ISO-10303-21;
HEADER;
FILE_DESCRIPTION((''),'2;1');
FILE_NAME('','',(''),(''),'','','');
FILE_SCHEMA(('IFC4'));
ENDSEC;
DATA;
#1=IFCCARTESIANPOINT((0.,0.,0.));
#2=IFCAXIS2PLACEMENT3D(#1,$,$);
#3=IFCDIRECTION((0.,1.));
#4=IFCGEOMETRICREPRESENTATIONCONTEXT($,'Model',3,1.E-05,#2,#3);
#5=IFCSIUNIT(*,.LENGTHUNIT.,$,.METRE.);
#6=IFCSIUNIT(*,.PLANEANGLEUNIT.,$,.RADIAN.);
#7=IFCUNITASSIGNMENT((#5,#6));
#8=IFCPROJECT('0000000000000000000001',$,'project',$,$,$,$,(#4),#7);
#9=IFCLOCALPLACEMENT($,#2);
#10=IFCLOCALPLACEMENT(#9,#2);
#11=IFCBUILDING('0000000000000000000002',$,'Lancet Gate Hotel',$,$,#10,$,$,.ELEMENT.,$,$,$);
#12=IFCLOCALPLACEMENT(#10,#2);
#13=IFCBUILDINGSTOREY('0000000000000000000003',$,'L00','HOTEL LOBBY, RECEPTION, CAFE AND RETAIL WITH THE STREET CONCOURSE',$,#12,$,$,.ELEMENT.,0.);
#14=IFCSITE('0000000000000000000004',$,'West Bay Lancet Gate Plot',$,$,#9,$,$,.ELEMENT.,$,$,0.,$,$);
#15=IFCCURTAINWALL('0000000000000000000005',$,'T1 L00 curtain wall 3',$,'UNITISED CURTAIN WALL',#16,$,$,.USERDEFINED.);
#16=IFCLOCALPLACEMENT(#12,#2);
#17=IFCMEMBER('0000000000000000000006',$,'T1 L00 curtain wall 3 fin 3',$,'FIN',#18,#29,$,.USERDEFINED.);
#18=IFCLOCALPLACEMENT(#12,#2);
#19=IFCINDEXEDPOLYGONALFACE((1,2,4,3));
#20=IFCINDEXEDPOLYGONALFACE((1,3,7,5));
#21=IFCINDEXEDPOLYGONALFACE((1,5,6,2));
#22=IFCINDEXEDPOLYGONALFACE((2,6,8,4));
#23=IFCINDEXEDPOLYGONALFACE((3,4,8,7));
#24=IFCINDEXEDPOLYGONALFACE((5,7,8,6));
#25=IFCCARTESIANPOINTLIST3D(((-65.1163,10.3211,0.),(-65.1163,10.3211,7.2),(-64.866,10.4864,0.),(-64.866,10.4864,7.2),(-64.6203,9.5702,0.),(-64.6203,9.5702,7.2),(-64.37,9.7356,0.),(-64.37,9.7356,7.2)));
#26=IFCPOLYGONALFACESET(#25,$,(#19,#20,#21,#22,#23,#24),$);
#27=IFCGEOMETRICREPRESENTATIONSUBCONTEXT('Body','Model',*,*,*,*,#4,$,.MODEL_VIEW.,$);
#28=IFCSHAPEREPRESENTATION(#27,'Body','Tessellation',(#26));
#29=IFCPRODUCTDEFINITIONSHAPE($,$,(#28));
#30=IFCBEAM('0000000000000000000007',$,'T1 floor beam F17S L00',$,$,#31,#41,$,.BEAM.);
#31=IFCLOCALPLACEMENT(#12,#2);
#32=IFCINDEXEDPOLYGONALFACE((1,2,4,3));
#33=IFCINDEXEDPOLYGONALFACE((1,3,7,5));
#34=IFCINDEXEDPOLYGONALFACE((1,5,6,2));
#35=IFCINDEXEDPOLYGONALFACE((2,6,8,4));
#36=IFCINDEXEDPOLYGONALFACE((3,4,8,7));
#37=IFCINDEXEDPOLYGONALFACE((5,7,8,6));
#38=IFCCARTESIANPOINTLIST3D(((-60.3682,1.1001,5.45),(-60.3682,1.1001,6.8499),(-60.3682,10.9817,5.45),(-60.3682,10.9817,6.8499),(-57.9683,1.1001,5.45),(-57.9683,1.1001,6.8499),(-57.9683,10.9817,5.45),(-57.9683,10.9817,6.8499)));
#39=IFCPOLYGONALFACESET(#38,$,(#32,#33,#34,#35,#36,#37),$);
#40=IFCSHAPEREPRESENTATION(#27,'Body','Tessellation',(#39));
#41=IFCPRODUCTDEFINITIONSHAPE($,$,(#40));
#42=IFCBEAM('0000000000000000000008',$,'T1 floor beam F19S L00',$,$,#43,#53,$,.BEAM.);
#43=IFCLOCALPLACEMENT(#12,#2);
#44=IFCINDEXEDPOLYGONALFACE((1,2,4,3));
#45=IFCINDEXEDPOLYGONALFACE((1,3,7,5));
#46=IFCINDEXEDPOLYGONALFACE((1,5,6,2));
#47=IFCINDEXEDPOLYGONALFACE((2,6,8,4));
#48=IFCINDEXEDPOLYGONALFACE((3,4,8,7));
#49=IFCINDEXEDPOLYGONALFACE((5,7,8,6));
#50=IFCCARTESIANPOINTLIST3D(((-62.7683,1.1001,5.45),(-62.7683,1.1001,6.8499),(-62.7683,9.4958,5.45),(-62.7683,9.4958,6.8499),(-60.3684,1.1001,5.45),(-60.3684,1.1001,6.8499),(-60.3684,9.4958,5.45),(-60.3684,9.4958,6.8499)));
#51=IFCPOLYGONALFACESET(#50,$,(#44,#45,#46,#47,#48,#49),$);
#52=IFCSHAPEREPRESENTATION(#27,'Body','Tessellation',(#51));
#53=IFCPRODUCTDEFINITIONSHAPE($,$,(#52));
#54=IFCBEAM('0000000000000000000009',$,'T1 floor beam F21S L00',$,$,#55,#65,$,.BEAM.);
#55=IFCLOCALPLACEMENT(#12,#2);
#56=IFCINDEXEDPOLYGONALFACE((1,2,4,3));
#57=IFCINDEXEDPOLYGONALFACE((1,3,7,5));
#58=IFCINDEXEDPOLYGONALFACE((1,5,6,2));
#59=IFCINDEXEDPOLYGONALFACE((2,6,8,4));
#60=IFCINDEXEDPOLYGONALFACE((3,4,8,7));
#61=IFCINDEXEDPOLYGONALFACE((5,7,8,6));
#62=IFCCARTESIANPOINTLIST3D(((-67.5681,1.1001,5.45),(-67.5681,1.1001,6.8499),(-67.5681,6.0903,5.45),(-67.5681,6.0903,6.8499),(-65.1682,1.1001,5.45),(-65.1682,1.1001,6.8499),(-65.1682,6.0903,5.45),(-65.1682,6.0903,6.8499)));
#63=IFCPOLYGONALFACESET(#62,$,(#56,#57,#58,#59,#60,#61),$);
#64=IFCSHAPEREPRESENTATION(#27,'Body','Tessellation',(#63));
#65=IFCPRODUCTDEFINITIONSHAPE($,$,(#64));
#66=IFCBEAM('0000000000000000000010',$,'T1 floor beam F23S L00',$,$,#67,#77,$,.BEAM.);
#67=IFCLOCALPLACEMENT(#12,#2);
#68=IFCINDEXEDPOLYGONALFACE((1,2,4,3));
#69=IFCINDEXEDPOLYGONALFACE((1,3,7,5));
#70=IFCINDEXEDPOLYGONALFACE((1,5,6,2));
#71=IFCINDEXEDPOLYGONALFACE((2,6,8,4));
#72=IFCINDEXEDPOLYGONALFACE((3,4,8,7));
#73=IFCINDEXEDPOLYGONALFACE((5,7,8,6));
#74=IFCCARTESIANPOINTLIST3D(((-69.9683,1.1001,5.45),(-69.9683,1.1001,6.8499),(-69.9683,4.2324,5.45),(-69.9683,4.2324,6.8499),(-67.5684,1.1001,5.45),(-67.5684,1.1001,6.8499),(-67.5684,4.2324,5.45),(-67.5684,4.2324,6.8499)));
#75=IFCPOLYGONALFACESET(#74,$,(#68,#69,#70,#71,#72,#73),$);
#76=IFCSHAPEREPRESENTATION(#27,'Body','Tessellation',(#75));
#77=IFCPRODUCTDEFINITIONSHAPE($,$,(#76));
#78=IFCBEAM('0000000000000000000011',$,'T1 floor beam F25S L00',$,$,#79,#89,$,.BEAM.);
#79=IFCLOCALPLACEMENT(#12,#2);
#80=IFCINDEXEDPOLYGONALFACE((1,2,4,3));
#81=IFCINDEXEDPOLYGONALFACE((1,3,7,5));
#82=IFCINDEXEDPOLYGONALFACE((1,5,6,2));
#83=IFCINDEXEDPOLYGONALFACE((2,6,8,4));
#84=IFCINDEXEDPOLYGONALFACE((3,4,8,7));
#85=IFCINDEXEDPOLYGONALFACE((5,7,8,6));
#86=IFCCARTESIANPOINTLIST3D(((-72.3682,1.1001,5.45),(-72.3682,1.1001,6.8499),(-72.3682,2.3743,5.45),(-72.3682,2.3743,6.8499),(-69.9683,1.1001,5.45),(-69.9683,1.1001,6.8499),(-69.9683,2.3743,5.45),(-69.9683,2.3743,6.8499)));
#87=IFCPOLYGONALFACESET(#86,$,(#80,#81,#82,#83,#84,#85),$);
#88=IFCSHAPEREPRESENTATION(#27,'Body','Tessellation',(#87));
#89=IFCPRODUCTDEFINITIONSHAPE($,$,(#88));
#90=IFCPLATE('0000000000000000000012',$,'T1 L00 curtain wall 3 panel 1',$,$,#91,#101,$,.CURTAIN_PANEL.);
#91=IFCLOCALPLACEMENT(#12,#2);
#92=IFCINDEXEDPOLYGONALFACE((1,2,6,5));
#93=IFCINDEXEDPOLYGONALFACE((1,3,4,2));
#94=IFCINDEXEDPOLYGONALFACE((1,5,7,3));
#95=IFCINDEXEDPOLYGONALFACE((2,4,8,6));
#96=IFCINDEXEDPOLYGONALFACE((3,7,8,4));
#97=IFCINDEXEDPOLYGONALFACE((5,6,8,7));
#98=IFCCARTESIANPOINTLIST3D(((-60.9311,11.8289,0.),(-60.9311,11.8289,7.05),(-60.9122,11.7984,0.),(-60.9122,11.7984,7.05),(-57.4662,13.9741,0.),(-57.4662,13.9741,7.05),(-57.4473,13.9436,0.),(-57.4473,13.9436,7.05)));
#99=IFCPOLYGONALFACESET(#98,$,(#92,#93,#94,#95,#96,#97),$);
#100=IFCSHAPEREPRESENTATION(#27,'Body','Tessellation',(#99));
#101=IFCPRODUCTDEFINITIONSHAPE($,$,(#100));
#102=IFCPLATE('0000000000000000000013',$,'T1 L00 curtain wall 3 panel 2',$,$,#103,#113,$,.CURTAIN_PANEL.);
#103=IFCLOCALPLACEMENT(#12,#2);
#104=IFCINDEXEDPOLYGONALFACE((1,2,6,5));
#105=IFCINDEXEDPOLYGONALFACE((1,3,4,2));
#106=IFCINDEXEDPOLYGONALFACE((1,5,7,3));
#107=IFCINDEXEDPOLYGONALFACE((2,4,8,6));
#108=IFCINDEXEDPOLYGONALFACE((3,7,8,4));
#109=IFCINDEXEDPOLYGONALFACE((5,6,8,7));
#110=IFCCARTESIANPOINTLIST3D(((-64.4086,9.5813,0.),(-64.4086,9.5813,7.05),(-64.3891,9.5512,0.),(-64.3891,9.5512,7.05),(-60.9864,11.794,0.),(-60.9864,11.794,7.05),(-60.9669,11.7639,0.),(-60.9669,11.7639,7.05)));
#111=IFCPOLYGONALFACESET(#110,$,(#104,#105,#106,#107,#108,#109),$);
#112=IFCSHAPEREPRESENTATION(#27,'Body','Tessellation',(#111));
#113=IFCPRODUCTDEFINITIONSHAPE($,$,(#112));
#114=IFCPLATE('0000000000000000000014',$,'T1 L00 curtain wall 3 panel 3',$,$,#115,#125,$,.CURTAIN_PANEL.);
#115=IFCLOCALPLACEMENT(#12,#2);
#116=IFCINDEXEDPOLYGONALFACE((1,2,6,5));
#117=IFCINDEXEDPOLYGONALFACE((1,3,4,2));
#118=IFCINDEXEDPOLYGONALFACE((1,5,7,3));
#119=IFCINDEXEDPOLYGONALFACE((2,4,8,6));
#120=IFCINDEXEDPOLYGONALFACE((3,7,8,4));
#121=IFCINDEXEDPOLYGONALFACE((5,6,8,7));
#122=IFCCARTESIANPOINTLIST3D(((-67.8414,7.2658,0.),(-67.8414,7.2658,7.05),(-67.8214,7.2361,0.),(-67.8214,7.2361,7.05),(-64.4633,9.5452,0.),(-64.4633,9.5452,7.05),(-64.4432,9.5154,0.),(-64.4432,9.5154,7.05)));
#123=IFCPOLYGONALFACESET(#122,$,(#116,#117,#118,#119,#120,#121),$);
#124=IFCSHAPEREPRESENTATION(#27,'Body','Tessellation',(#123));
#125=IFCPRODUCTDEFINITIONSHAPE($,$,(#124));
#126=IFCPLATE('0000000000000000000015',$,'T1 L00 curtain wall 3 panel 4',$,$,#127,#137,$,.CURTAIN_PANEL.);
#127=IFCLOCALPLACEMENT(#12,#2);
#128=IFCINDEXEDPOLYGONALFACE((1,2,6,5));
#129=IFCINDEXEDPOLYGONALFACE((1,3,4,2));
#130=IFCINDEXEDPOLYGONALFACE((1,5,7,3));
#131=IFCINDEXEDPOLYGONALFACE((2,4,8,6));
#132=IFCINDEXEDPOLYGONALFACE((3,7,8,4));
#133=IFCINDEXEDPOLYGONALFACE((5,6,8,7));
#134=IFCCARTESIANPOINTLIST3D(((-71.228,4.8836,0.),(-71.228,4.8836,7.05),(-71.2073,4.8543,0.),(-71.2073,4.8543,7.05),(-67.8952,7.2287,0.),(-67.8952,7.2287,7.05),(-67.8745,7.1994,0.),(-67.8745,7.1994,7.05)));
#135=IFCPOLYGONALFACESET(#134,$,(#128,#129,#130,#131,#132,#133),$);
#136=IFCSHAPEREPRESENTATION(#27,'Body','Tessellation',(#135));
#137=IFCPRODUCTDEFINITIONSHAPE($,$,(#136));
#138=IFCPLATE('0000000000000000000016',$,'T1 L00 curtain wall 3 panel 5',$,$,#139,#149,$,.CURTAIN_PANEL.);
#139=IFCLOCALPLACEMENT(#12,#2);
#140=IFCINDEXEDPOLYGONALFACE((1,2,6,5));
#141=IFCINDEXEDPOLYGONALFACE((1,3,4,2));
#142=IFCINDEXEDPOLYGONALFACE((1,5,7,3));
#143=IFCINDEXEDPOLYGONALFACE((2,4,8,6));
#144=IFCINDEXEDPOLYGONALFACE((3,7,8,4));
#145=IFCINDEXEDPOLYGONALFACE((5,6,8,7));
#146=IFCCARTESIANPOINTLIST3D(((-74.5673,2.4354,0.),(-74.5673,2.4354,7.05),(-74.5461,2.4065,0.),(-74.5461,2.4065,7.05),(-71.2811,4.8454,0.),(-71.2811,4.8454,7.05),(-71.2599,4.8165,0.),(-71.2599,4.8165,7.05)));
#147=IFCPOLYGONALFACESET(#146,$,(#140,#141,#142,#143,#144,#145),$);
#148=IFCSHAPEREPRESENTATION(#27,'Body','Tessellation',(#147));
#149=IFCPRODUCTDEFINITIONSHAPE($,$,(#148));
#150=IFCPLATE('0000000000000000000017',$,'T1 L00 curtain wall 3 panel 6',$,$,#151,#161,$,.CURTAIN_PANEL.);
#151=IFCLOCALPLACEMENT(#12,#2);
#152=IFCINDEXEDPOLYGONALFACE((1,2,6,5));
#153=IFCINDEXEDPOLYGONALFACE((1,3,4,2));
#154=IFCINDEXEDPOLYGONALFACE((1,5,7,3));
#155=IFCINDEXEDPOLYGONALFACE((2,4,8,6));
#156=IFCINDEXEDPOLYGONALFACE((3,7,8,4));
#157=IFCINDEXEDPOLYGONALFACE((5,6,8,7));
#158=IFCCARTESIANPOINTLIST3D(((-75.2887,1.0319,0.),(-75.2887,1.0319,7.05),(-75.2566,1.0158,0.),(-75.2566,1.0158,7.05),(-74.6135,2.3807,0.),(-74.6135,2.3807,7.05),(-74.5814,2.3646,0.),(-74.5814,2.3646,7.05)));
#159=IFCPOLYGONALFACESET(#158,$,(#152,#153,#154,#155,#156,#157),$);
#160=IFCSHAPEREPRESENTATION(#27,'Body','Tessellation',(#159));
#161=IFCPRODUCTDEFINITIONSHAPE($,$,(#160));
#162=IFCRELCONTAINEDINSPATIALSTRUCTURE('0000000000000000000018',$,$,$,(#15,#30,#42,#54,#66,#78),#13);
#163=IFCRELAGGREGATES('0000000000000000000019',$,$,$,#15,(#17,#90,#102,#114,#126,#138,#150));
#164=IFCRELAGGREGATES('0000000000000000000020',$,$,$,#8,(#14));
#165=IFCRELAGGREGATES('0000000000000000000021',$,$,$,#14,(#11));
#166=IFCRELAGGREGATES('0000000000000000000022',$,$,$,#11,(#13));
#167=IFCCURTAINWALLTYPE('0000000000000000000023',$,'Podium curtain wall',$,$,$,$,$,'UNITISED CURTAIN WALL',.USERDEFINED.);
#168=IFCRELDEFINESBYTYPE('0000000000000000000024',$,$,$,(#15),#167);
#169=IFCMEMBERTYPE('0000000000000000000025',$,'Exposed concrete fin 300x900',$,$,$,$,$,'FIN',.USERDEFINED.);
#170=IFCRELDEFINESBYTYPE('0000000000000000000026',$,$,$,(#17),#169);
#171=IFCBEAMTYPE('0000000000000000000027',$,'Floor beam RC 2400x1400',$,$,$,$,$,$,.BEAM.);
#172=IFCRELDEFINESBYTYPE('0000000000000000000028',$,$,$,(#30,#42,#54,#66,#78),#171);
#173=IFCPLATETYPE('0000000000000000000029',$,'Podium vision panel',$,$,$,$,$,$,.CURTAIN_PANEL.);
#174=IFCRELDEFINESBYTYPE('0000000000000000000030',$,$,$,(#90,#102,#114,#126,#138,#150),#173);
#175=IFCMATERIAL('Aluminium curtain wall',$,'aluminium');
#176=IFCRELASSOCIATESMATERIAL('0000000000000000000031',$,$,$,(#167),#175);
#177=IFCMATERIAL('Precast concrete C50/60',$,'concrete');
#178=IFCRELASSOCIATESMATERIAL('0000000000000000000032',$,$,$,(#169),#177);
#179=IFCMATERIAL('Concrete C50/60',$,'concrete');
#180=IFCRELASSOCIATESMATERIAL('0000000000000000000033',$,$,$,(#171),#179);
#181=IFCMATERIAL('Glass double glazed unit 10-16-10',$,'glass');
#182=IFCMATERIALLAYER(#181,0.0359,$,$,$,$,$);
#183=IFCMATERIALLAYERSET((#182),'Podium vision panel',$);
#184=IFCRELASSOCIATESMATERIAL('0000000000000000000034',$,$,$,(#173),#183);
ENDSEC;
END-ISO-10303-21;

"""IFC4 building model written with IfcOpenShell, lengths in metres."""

from ifc_helpers import new_model, si_unit, direction, frame, origin, origin_2d, place, context, subcontext, project, spatial, rectangle, extrude, material, layer, layer_set, material_profile, profile_set, type_object, element, aggregate, save


model = new_model("IFC4")

# Units and contexts
model_context = context("Model", 3, precision=1e-05, world=origin(), true_north=direction((0.0, 1.0)))
body_context = subcontext(model_context, "Body", "Model", "MODEL_VIEW")
ifc_project = project(units=[si_unit("LENGTHUNIT", "METRE"), si_unit("PLANEANGLEUNIT", "RADIAN")], contexts=[model_context])

# Site, building, storey
site_placement = place(None, origin())
site = spatial("IfcSite", under=ifc_project, at=site_placement, Name="West Bay Lancet Gate Plot", CompositionType="ELEMENT", RefElevation=0.0)
building_placement = place(site_placement, origin())
building = spatial("IfcBuilding", under=site, at=building_placement, Name="Lancet Gate Hotel", CompositionType="ELEMENT")
storey_placement = place(building_placement, origin())
storey = spatial("IfcBuildingStorey", under=building, at=storey_placement, Name="L00", Description="HOTEL LOBBY, RECEPTION, CAFE AND RETAIL WITH THE STREET CONCOURSE", CompositionType="ELEMENT", Elevation=0.0)

# Curtain wall
ifc_material_1 = material(Name="Aluminium curtain wall", Category="aluminium")
curtain_wall_type = type_object("IfcCurtainWallType", Name="Podium curtain wall", ElementType="UNITISED CURTAIN WALL", PredefinedType="USERDEFINED", material=ifc_material_1)
curtain_wall_placement = place(storey_placement, origin())
curtain_wall = element("IfcCurtainWall", 1, at=curtain_wall_placement, inside=storey, type_object=curtain_wall_type, Name="T1 L00 curtain wall 3", ObjectType="UNITISED CURTAIN WALL", PredefinedType="USERDEFINED")

# Member
ifc_material_2 = material(Name="Precast concrete C50/60", Category="concrete")
ifc_material_profile_1 = material_profile(ifc_material_2, rectangle(XDim=0.3, YDim=0.8999, at=origin_2d()), Name="FIN 300x900")
ifc_profile_set_1 = profile_set([ifc_material_profile_1], Name="Precast concrete C50/60")
member_type_1 = type_object("IfcMemberType", Name="Exposed concrete fin 300x900", ElementType="FIN", PredefinedType="USERDEFINED", material=ifc_profile_set_1)
member_1_placement = place(storey_placement, frame((-64.7432, 10.0283, 0.0), z_axis=(0.0, 0.0, 1.0), x_axis=(-0.834387, -0.551178, 0.0)))
member_1 = element("IfcMember", 2, at=member_1_placement, type_object=member_type_1, Name="T1 L00 curtain wall 3 fin 3", ObjectType="FIN", PredefinedType="USERDEFINED", context=body_context, shape_type="SweptSolid", body=[
    extrude(rectangle(XDim=0.3, YDim=0.8999, at=origin_2d()), origin(), (0.0, 0.0, 1.0), 7.2),
])

# Beams
ifc_material_3 = material(Name="Concrete C50/60", Category="concrete")
ifc_material_profile_2 = material_profile(ifc_material_3, rectangle(XDim=2.3999, YDim=1.3999, at=origin_2d()), Name="RC 2400x1400")
ifc_profile_set_2 = profile_set([ifc_material_profile_2], Name="Concrete C50/60")
beam_type_1 = type_object("IfcBeamType", Name="Floor beam RC 2400x1400", PredefinedType="BEAM", material=ifc_profile_set_2)
beam_1_placement = place(storey_placement, frame((-59.1682, 10.9817, 6.1499), z_axis=(0.0, -1.0, 0.0), x_axis=(1.0, 0.0, 0.0)))
element("IfcBeam", 3, at=beam_1_placement, inside=storey, type_object=beam_type_1, Name="T1 floor beam F17S L00", PredefinedType="BEAM", context=body_context, shape_type="SweptSolid", body=[
    extrude(rectangle(XDim=2.3999, YDim=1.3999, at=origin_2d()), origin(), (0.0, 0.0, 1.0), 9.8816),
])
beam_2_placement = place(storey_placement, frame((-61.5684, 9.4958, 6.1499), z_axis=(0.0, -1.0, 0.0), x_axis=(1.0, 0.0, 0.0)))
element("IfcBeam", 4, at=beam_2_placement, inside=storey, type_object=beam_type_1, Name="T1 floor beam F19S L00", PredefinedType="BEAM", context=body_context, shape_type="SweptSolid", body=[
    extrude(rectangle(XDim=2.3999, YDim=1.3999, at=origin_2d()), origin(), (0.0, 0.0, 1.0), 8.3958),
])
beam_3_placement = place(storey_placement, frame((-66.3682, 6.0903, 6.1499), z_axis=(0.0, -1.0, 0.0), x_axis=(1.0, 0.0, 0.0)))
element("IfcBeam", 5, at=beam_3_placement, inside=storey, type_object=beam_type_1, Name="T1 floor beam F21S L00", PredefinedType="BEAM", context=body_context, shape_type="SweptSolid", body=[
    extrude(rectangle(XDim=2.3999, YDim=1.3999, at=origin_2d()), origin(), (0.0, 0.0, 1.0), 4.9902),
])
beam_4_placement = place(storey_placement, frame((-68.7683, 4.2324, 6.1499), z_axis=(0.0, -1.0, 0.0), x_axis=(1.0, 0.0, 0.0)))
element("IfcBeam", 6, at=beam_4_placement, inside=storey, type_object=beam_type_1, Name="T1 floor beam F23S L00", PredefinedType="BEAM", context=body_context, shape_type="SweptSolid", body=[
    extrude(rectangle(XDim=2.3999, YDim=1.3999, at=origin_2d()), origin(), (0.0, 0.0, 1.0), 3.1323),
])
beam_5_placement = place(storey_placement, frame((-71.1682, 2.3743, 6.1499), z_axis=(0.0, -1.0, 0.0), x_axis=(1.0, 0.0, 0.0)))
element("IfcBeam", 7, at=beam_5_placement, inside=storey, type_object=beam_type_1, Name="T1 floor beam F25S L00", PredefinedType="BEAM", context=body_context, shape_type="SweptSolid", body=[
    extrude(rectangle(XDim=2.3999, YDim=1.3999, at=origin_2d()), origin(), (0.0, 0.0, 1.0), 1.2742),
])

# Plates
ifc_material_4 = material(Name="Glass double glazed unit 10-16-10", Category="glass")
ifc_layer = layer(ifc_material_4, 0.0359)
ifc_layer_set = layer_set([ifc_layer], Name="Podium vision panel")
plate_type = type_object("IfcPlateType", Name="Podium vision panel", PredefinedType="CURTAIN_PANEL", material=ifc_layer_set)
plate_1_placement = place(storey_placement, frame((-59.1892, 12.8862, 0.0), z_axis=(0.0, 0.0, 1.0), x_axis=(-0.850229, -0.526414, 0.0)))
plate_1 = element("IfcPlate", 8, at=plate_1_placement, type_object=plate_type, Name="T1 L00 curtain wall 3 panel 1", PredefinedType="CURTAIN_PANEL", context=body_context, shape_type="SweptSolid", body=[
    extrude(rectangle(XDim=4.0752, YDim=0.0359, at=origin_2d()), origin(), (0.0, 0.0, 1.0), 7.05),
])
plate_2_placement = place(storey_placement, frame((-62.6877, 10.6726, 0.0), z_axis=(0.0, 0.0, 1.0), x_axis=(-0.839749, -0.542975, 0.0)))
plate_2 = element("IfcPlate", 9, at=plate_2_placement, type_object=plate_type, Name="T1 L00 curtain wall 3 panel 2", PredefinedType="CURTAIN_PANEL", context=body_context, shape_type="SweptSolid", body=[
    extrude(rectangle(XDim=4.0752, YDim=0.0359, at=origin_2d()), origin(), (0.0, 0.0, 1.0), 7.05),
])
plate_3_placement = place(storey_placement, frame((-66.1423, 8.3906, 0.0), z_axis=(0.0, 0.0, 1.0), x_axis=(-0.828946, -0.559329, 0.0)))
plate_3 = element("IfcPlate", 10, at=plate_3_placement, type_object=plate_type, Name="T1 L00 curtain wall 3 panel 3", PredefinedType="CURTAIN_PANEL", context=body_context, shape_type="SweptSolid", body=[
    extrude(rectangle(XDim=4.0752, YDim=0.0359, at=origin_2d()), origin(), (0.0, 0.0, 1.0), 7.05),
])
plate_4_placement = place(storey_placement, frame((-69.5513, 6.0415, 0.0), z_axis=(0.0, 0.0, 1.0), x_axis=(-0.817825, -0.575467, 0.0)))
plate_4 = element("IfcPlate", 11, at=plate_4_placement, type_object=plate_type, Name="T1 L00 curtain wall 3 panel 4", PredefinedType="CURTAIN_PANEL", context=body_context, shape_type="SweptSolid", body=[
    extrude(rectangle(XDim=4.0752, YDim=0.0359, at=origin_2d()), origin(), (0.0, 0.0, 1.0), 7.05),
])
plate_5_placement = place(storey_placement, frame((-72.9136, 3.626, 0.0), z_axis=(0.0, 0.0, 1.0), x_axis=(-0.80639, -0.591384, 0.0)))
plate_5 = element("IfcPlate", 12, at=plate_5_placement, type_object=plate_type, Name="T1 L00 curtain wall 3 panel 5", PredefinedType="CURTAIN_PANEL", context=body_context, shape_type="SweptSolid", body=[
    extrude(rectangle(XDim=4.0752, YDim=0.0359, at=origin_2d()), origin(), (0.0, 0.0, 1.0), 7.05),
])
plate_6_placement = place(storey_placement, frame((-74.9351, 1.6982, 0.0), z_axis=(0.0, 0.0, 1.0), x_axis=(-0.447628, -0.89422, 0.0)))
plate_6 = element("IfcPlate", 13, at=plate_6_placement, type_object=plate_type, Name="T1 L00 curtain wall 3 panel 6", PredefinedType="CURTAIN_PANEL", context=body_context, shape_type="SweptSolid", body=[
    extrude(rectangle(XDim=1.5083, YDim=0.0359, at=origin_2d()), origin(), (0.0, 0.0, 1.0), 7.05),
])
aggregate(curtain_wall, [member_1, plate_1, plate_2, plate_3, plate_4, plate_5, plate_6])

save(model, "model.ifc")
